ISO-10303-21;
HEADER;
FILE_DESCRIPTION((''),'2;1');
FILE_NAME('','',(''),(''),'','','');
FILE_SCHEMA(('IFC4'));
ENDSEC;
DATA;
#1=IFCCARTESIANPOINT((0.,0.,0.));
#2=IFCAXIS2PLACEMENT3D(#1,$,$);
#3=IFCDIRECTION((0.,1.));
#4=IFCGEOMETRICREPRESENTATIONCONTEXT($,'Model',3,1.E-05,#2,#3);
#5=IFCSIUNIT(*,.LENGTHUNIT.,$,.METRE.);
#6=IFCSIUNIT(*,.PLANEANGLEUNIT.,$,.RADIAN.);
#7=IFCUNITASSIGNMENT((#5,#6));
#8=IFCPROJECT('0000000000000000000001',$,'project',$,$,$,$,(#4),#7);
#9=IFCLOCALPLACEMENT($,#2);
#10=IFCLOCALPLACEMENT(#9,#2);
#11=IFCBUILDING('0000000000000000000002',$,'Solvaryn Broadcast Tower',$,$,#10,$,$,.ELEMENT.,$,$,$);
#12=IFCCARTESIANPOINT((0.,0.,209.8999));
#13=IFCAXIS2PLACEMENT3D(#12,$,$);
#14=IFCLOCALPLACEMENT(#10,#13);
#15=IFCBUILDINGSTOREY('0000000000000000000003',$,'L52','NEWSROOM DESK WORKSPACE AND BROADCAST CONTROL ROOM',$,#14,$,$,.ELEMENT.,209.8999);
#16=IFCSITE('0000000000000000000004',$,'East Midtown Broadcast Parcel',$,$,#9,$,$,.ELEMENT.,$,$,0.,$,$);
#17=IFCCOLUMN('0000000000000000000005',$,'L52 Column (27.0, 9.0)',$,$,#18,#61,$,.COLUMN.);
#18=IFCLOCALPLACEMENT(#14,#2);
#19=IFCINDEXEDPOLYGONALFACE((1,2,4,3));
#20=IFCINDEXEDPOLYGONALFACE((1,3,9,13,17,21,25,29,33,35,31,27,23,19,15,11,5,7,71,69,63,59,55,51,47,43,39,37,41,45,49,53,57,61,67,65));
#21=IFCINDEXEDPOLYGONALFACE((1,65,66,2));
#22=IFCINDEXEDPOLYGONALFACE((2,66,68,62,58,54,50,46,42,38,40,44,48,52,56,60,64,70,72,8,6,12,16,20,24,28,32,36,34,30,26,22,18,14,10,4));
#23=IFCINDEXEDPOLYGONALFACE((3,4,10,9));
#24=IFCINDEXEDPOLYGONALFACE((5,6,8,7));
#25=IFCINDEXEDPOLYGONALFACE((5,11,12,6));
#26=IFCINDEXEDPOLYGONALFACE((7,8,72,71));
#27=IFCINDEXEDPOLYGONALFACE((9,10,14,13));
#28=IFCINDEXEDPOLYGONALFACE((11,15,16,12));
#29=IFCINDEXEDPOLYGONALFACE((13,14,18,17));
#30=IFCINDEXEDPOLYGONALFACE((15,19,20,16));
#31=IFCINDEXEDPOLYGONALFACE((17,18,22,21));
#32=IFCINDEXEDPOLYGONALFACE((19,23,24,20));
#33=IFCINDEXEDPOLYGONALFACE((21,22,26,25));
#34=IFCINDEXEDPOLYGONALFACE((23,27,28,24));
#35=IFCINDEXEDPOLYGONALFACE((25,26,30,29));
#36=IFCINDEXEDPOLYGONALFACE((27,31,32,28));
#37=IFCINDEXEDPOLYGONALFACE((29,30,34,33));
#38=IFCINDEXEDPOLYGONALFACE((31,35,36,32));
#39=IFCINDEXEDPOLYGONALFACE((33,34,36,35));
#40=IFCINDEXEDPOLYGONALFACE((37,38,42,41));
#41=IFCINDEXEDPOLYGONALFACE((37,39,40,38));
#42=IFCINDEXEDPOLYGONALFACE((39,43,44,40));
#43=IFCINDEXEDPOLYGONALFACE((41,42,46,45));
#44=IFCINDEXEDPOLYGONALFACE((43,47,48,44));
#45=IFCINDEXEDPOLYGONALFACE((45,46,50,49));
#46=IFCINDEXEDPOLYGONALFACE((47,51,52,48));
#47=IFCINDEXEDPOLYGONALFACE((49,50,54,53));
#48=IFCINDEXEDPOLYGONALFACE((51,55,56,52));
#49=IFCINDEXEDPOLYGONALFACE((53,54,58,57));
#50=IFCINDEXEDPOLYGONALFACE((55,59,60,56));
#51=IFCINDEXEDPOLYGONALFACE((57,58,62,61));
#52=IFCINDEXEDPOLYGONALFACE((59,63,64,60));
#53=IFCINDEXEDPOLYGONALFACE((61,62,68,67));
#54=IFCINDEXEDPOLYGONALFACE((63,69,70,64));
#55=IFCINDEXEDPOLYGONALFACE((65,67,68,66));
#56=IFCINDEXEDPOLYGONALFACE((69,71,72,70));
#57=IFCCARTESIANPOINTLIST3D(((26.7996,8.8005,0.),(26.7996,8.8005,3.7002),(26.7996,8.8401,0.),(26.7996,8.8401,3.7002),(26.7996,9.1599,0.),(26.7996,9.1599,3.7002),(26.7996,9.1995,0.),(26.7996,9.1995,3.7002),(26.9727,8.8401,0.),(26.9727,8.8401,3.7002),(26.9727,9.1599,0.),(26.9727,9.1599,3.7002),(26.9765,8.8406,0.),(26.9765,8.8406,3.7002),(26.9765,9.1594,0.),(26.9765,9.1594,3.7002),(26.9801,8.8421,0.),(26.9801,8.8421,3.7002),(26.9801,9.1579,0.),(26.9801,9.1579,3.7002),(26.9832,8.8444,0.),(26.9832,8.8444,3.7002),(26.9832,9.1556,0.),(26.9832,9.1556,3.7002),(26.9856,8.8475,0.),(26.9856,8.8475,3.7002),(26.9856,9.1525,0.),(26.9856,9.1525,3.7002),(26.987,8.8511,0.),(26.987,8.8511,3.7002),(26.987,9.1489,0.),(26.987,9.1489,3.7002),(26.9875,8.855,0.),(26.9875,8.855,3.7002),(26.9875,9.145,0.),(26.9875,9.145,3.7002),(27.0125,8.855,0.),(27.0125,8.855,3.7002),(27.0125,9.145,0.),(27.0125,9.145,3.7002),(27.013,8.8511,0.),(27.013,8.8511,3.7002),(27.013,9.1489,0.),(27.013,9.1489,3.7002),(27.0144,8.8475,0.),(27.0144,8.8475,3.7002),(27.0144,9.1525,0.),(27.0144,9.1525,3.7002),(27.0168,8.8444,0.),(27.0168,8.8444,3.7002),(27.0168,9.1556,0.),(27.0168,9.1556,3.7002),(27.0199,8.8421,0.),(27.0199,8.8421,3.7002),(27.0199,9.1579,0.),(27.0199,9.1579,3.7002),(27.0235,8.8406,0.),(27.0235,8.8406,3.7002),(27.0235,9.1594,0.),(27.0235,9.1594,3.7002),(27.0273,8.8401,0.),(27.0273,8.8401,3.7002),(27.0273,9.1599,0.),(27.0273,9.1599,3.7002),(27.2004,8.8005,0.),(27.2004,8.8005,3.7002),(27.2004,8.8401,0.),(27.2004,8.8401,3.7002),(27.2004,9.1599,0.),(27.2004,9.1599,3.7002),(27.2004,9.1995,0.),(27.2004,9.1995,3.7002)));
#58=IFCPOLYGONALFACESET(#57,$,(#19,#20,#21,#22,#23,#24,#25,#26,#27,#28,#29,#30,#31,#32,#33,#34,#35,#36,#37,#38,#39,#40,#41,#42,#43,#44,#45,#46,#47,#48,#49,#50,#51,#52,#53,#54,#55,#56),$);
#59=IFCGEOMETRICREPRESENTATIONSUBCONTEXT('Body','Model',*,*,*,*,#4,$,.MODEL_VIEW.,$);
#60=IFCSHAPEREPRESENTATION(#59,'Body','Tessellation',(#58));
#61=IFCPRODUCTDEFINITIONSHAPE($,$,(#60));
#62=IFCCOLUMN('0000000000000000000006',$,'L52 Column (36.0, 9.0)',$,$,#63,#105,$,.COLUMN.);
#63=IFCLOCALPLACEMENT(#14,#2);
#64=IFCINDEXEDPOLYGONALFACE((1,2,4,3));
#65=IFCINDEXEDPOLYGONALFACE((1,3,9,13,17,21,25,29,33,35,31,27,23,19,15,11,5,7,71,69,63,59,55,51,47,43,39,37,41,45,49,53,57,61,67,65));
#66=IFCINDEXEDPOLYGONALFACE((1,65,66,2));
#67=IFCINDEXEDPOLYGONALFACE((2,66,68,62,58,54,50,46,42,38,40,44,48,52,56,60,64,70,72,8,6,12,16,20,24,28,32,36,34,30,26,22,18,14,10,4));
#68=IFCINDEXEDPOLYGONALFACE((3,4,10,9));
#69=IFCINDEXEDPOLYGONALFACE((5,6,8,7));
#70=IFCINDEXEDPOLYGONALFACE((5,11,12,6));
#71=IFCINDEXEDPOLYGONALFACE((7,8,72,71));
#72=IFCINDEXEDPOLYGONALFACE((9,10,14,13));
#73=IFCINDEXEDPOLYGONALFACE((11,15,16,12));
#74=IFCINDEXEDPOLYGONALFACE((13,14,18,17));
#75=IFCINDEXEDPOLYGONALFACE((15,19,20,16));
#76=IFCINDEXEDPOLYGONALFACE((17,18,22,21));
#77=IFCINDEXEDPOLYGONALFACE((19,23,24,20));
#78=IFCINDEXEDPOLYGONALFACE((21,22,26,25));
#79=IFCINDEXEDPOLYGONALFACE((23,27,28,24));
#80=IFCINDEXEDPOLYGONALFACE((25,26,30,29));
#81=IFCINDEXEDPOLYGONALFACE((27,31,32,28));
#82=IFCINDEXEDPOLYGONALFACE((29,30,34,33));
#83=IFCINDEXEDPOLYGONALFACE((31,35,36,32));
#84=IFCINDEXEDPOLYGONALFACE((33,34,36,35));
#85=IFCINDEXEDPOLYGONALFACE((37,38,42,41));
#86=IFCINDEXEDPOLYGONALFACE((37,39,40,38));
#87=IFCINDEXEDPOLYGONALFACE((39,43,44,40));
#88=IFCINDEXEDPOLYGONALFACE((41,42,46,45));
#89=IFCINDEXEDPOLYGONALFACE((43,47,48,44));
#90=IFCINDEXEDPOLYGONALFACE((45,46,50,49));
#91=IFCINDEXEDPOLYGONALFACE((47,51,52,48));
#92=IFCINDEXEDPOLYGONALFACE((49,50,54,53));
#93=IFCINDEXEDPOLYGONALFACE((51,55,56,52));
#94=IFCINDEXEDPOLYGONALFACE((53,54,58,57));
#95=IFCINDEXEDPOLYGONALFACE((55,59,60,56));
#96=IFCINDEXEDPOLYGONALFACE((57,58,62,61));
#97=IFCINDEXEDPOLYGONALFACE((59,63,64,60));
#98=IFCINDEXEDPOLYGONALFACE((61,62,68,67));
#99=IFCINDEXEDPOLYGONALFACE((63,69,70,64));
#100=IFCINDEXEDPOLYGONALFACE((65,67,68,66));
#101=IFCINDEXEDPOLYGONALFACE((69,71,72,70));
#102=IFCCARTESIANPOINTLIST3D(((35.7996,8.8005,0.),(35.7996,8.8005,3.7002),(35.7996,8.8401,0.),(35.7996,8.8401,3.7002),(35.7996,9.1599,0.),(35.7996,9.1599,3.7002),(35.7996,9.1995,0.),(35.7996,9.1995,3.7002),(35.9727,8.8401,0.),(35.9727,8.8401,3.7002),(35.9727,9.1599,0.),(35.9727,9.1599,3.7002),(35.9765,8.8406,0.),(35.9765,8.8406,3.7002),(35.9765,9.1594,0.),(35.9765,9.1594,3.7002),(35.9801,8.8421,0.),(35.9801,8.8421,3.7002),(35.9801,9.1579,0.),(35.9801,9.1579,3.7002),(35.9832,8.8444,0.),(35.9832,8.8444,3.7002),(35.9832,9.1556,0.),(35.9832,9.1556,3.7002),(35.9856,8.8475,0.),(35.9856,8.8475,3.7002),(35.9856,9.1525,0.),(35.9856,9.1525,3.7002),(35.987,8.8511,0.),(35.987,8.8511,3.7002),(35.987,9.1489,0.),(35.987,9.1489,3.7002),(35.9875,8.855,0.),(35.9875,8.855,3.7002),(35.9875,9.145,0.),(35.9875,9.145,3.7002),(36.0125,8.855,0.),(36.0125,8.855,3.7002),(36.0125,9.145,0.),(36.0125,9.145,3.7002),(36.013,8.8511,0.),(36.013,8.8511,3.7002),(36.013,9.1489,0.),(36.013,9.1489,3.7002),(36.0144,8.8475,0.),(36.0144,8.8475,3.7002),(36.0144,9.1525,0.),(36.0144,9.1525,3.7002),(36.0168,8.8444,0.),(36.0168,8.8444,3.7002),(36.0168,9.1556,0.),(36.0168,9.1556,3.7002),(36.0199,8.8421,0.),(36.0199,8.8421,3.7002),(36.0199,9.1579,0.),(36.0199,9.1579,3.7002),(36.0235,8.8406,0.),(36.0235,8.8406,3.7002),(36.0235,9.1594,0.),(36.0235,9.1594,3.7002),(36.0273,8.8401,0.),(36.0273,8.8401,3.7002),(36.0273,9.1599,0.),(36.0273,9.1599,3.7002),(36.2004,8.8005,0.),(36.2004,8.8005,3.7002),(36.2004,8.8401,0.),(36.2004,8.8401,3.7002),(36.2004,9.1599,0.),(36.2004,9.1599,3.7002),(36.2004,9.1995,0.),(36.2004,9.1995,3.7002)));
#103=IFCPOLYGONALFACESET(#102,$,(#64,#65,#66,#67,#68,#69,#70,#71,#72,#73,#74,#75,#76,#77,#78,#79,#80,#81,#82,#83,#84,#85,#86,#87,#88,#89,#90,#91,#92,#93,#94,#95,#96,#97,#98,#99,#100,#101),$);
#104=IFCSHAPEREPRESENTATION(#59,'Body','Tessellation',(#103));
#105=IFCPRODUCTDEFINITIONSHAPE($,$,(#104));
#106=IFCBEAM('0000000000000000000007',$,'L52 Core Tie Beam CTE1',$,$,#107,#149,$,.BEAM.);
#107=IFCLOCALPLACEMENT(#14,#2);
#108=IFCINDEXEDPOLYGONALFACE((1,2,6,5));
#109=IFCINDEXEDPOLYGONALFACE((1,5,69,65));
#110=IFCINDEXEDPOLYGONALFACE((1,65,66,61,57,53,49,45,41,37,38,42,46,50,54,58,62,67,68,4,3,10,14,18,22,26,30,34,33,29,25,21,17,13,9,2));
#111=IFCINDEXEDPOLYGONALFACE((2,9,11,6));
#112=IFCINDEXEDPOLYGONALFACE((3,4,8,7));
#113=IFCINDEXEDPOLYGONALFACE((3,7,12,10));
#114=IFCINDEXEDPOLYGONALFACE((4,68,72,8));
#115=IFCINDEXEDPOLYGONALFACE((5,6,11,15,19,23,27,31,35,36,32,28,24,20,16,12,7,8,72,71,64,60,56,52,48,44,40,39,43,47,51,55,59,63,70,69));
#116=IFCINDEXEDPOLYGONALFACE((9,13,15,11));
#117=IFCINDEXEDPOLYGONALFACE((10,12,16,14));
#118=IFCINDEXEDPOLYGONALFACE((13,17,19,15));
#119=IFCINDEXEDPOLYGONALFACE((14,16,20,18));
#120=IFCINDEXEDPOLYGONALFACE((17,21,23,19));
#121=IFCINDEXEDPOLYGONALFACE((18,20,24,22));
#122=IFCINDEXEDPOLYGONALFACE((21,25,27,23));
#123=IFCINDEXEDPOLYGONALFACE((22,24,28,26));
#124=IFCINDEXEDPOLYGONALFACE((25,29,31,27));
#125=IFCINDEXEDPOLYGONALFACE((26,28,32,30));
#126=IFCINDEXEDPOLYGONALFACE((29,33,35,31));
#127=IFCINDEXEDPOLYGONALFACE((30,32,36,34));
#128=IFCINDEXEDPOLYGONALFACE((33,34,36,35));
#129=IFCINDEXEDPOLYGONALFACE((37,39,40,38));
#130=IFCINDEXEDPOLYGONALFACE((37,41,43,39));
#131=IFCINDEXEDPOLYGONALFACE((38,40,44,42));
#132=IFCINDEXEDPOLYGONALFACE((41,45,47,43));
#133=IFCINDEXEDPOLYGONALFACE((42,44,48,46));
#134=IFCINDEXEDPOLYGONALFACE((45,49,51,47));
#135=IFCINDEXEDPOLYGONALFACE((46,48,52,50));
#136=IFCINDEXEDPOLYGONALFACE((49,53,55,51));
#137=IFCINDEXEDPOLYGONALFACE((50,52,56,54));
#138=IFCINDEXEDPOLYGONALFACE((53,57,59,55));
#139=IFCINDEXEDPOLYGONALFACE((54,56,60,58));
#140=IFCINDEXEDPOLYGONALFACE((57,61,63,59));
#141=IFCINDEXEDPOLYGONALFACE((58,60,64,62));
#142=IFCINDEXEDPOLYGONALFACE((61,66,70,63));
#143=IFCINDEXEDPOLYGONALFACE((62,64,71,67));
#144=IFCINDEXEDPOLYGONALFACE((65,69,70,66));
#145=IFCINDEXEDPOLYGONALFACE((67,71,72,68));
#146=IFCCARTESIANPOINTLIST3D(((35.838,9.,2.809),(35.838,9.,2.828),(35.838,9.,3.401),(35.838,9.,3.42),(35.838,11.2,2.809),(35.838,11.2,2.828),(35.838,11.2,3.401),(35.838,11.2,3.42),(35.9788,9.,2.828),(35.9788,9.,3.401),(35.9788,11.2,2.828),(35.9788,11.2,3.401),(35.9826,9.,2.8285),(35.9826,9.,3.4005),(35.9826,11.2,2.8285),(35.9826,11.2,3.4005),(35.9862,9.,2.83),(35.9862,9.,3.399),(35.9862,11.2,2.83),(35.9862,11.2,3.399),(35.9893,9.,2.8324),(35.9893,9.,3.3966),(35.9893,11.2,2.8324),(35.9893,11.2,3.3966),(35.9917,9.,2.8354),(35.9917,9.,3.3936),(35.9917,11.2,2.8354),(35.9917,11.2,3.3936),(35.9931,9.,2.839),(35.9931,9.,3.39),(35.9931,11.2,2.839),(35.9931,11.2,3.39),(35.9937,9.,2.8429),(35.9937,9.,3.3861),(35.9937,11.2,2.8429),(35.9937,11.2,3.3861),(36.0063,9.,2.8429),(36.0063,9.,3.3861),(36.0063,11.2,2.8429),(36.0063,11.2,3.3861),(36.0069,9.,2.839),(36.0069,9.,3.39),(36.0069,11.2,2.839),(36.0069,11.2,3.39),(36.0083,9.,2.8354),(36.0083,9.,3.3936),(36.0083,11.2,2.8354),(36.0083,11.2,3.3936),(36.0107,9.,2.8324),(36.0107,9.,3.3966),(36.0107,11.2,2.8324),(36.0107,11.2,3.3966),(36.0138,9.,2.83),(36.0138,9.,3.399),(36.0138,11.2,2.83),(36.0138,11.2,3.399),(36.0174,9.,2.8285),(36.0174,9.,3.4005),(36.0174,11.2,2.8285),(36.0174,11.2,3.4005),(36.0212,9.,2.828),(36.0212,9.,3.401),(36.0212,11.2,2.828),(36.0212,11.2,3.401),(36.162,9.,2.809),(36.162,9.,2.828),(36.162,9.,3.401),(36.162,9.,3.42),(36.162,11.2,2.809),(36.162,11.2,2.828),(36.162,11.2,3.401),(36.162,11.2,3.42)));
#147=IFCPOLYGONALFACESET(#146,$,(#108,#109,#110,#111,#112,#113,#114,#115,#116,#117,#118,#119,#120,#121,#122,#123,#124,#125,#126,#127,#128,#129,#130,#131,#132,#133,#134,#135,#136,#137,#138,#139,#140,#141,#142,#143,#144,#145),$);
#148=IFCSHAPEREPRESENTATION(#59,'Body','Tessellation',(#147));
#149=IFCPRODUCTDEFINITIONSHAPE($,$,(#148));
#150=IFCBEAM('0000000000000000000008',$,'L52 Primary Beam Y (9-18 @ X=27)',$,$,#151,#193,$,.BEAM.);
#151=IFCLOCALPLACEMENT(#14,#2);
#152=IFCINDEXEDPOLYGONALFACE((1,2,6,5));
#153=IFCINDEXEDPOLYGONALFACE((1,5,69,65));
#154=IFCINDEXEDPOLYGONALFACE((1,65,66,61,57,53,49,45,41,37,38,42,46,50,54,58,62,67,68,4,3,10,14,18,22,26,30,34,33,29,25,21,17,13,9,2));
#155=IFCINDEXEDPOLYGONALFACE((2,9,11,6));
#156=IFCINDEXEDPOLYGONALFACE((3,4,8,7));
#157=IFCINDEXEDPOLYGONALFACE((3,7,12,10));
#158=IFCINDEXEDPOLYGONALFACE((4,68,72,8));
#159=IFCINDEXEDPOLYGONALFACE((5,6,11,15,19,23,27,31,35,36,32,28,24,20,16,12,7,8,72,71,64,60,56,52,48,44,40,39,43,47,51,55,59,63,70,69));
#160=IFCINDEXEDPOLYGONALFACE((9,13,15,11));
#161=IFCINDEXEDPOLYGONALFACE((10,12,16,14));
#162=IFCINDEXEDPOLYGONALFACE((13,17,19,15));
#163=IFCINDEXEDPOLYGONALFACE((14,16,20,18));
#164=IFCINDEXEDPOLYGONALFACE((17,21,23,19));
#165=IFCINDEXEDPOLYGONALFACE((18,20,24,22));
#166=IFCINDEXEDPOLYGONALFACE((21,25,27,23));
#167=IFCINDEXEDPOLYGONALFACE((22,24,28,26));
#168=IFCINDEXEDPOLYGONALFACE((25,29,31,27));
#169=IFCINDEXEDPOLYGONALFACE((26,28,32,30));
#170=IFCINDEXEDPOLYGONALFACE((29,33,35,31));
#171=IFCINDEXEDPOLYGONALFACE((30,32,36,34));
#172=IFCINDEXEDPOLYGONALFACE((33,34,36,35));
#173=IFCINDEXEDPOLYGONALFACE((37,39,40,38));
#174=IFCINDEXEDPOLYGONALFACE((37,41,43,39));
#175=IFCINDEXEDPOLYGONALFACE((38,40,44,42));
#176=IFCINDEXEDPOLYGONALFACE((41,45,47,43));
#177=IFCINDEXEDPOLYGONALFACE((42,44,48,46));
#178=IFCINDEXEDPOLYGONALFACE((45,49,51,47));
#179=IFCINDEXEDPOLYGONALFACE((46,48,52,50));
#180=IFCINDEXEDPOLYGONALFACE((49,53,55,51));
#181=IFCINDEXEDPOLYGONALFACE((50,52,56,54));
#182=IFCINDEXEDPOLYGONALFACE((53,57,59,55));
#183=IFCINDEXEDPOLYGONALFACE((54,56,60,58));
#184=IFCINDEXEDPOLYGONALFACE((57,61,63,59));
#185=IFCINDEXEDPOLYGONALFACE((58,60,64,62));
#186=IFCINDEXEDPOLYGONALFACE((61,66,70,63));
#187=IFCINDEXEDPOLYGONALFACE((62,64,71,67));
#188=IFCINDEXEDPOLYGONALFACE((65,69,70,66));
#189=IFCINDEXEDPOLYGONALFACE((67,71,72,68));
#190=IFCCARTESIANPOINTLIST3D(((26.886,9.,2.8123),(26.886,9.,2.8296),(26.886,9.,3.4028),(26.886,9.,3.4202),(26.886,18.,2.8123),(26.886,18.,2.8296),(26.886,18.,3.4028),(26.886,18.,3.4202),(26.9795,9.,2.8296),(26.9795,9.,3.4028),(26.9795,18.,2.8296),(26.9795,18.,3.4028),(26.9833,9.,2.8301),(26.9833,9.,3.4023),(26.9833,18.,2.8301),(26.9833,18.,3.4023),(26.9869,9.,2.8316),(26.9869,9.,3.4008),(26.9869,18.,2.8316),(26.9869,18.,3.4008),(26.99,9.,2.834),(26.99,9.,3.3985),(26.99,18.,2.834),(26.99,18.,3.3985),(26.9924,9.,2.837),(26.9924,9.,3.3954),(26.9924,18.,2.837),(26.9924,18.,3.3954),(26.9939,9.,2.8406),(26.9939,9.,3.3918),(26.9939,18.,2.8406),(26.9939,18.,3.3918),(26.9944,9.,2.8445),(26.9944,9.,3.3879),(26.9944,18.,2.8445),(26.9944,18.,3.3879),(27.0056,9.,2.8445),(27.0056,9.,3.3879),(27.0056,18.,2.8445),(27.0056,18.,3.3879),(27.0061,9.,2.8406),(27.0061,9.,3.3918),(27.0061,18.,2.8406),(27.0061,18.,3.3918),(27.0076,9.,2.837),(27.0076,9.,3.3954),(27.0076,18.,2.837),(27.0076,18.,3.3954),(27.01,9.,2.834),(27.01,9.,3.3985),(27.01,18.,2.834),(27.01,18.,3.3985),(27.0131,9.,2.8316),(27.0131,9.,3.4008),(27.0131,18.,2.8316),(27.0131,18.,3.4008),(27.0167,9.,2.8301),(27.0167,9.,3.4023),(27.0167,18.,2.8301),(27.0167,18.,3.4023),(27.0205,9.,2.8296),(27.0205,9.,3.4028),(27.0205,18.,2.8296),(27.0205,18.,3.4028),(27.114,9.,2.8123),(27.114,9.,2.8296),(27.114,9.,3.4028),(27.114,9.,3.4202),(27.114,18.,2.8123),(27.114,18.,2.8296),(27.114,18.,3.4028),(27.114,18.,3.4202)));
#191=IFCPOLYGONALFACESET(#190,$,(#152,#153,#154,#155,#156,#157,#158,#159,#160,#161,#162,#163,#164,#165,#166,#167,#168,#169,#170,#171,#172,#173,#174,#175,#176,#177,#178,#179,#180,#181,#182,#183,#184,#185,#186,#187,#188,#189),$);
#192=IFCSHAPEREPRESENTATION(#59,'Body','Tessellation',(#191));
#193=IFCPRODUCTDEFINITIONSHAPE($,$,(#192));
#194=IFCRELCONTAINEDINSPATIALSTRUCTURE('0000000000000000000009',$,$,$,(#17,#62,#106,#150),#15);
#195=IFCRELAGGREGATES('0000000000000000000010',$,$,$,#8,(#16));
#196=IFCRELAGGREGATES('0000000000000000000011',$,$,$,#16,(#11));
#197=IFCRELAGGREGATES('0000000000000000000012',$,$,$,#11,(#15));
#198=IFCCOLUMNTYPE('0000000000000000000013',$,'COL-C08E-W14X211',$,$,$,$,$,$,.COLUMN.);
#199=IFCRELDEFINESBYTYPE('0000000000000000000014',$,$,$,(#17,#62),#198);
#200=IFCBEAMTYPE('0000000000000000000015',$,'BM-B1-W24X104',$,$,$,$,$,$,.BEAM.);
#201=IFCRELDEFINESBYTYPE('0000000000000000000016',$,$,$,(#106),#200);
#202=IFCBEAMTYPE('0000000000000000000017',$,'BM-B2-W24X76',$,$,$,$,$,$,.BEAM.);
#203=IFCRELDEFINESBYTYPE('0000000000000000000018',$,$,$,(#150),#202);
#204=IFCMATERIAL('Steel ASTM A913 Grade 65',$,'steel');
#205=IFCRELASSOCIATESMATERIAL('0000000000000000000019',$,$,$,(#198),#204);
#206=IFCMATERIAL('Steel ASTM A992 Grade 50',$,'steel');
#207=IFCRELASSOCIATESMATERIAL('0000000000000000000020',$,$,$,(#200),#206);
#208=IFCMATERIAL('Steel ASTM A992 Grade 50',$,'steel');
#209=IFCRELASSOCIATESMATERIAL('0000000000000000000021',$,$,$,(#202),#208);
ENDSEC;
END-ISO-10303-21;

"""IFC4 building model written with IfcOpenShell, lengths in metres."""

from ifc_helpers import new_model, si_unit, direction, frame, origin, origin_2d, place, context, subcontext, project, spatial, i_section, extrude, material, material_profile, profile_set, type_object, element, save


model = new_model("IFC4")

# Units and contexts
model_context = context("Model", 3, precision=1e-05, world=origin(), true_north=direction((0.0, 1.0)))
body_context = subcontext(model_context, "Body", "Model", "MODEL_VIEW")
ifc_project = project(units=[si_unit("LENGTHUNIT", "METRE"), si_unit("PLANEANGLEUNIT", "RADIAN")], contexts=[model_context])

# Site, building, storey
site_placement = place(None, origin())
site = spatial("IfcSite", under=ifc_project, at=site_placement, Name="East Midtown Broadcast Parcel", CompositionType="ELEMENT", RefElevation=0.0)
building_placement = place(site_placement, origin())
building = spatial("IfcBuilding", under=site, at=building_placement, Name="Solvaryn Broadcast Tower", CompositionType="ELEMENT")
storey_placement = place(building_placement, frame((0.0, 0.0, 209.8999)))
storey = spatial("IfcBuildingStorey", under=building, at=storey_placement, Name="L52", Description="NEWSROOM DESK WORKSPACE AND BROADCAST CONTROL ROOM", CompositionType="ELEMENT", Elevation=209.8999)

# Columns
ifc_material_1 = material(Name="Steel ASTM A913 Grade 65", Category="steel")
ifc_material_profile_1 = material_profile(ifc_material_1, i_section(OverallWidth=0.4009, OverallDepth=0.3989, WebThickness=0.0249, FlangeThickness=0.0396, FilletRadius=0.0149, at=origin_2d()))
ifc_profile_set_1 = profile_set([ifc_material_profile_1], Name="Steel ASTM A913 Grade 65")
column_type = type_object("IfcColumnType", Name="COL-C08E-W14X211", PredefinedType="COLUMN", material=ifc_profile_set_1)
for number, where, z_axis, x_axis, name in (
    (1, (27.0, 9.0, 0.0), (0.0, 0.0, 1.0), (1.0, 0.0, 0.0), "L52 Column (27.0, 9.0)"),
    (2, (36.0, 9.0, 0.0), (0.0, 0.0, 1.0), (1.0, 0.0, 0.0), "L52 Column (36.0, 9.0)"),
):
    element("IfcColumn", number, at=place(storey_placement, frame(where, z_axis=z_axis, x_axis=x_axis)), inside=storey, type_object=column_type, Name=name, PredefinedType="COLUMN", context=body_context, shape_type="SweptSolid", body=[
        extrude(i_section(OverallWidth=0.4009, OverallDepth=0.3989, WebThickness=0.0249, FlangeThickness=0.0396, FilletRadius=0.0149, at=origin_2d()), origin(), (0.0, 0.0, 1.0), 3.7002),
    ])

# Beams
ifc_material_2 = material(Name="Steel ASTM A992 Grade 50", Category="steel")
ifc_material_profile_2 = material_profile(ifc_material_2, i_section(OverallWidth=0.324, OverallDepth=0.6111, WebThickness=0.0127, FlangeThickness=0.019, FilletRadius=0.0149, at=origin_2d()))
ifc_profile_set_2 = profile_set([ifc_material_profile_2], Name="Steel ASTM A992 Grade 50")
beam_type_1 = type_object("IfcBeamType", Name="BM-B1-W24X104", PredefinedType="BEAM", material=ifc_profile_set_2)
beam_1_placement = place(storey_placement, frame((36.0, 9.0, 3.1145), z_axis=(0.0, 1.0, 0.0), x_axis=(-1.0, 0.0, 0.0)))
element("IfcBeam", 3, at=beam_1_placement, inside=storey, type_object=beam_type_1, Name="L52 Core Tie Beam CTE1", PredefinedType="BEAM", context=body_context, shape_type="SweptSolid", body=[
    extrude(i_section(OverallWidth=0.324, OverallDepth=0.6111, WebThickness=0.0127, FlangeThickness=0.019, FilletRadius=0.0149, at=origin_2d()), origin(), (0.0, 0.0, 1.0), 2.2),
])
ifc_material_3 = material(Name="Steel ASTM A992 Grade 50", Category="steel")
ifc_material_profile_3 = material_profile(ifc_material_3, i_section(OverallWidth=0.228, OverallDepth=0.6079, WebThickness=0.0112, FlangeThickness=0.0173, FilletRadius=0.0149, at=origin_2d()))
ifc_profile_set_3 = profile_set([ifc_material_profile_3], Name="Steel ASTM A992 Grade 50")
beam_type_2 = type_object("IfcBeamType", Name="BM-B2-W24X76", PredefinedType="BEAM", material=ifc_profile_set_3)
beam_2_placement = place(storey_placement, frame((27.0, 9.0, 3.1162), z_axis=(0.0, 1.0, 0.0), x_axis=(-1.0, 0.0, 0.0)))
element("IfcBeam", 4, at=beam_2_placement, inside=storey, type_object=beam_type_2, Name="L52 Primary Beam Y (9-18 @ X=27)", PredefinedType="BEAM", context=body_context, shape_type="SweptSolid", body=[
    extrude(i_section(OverallWidth=0.228, OverallDepth=0.6079, WebThickness=0.0112, FlangeThickness=0.0173, FilletRadius=0.0149, at=origin_2d()), origin(), (0.0, 0.0, 1.0), 9.0),
])

save(model, "model.ifc")
